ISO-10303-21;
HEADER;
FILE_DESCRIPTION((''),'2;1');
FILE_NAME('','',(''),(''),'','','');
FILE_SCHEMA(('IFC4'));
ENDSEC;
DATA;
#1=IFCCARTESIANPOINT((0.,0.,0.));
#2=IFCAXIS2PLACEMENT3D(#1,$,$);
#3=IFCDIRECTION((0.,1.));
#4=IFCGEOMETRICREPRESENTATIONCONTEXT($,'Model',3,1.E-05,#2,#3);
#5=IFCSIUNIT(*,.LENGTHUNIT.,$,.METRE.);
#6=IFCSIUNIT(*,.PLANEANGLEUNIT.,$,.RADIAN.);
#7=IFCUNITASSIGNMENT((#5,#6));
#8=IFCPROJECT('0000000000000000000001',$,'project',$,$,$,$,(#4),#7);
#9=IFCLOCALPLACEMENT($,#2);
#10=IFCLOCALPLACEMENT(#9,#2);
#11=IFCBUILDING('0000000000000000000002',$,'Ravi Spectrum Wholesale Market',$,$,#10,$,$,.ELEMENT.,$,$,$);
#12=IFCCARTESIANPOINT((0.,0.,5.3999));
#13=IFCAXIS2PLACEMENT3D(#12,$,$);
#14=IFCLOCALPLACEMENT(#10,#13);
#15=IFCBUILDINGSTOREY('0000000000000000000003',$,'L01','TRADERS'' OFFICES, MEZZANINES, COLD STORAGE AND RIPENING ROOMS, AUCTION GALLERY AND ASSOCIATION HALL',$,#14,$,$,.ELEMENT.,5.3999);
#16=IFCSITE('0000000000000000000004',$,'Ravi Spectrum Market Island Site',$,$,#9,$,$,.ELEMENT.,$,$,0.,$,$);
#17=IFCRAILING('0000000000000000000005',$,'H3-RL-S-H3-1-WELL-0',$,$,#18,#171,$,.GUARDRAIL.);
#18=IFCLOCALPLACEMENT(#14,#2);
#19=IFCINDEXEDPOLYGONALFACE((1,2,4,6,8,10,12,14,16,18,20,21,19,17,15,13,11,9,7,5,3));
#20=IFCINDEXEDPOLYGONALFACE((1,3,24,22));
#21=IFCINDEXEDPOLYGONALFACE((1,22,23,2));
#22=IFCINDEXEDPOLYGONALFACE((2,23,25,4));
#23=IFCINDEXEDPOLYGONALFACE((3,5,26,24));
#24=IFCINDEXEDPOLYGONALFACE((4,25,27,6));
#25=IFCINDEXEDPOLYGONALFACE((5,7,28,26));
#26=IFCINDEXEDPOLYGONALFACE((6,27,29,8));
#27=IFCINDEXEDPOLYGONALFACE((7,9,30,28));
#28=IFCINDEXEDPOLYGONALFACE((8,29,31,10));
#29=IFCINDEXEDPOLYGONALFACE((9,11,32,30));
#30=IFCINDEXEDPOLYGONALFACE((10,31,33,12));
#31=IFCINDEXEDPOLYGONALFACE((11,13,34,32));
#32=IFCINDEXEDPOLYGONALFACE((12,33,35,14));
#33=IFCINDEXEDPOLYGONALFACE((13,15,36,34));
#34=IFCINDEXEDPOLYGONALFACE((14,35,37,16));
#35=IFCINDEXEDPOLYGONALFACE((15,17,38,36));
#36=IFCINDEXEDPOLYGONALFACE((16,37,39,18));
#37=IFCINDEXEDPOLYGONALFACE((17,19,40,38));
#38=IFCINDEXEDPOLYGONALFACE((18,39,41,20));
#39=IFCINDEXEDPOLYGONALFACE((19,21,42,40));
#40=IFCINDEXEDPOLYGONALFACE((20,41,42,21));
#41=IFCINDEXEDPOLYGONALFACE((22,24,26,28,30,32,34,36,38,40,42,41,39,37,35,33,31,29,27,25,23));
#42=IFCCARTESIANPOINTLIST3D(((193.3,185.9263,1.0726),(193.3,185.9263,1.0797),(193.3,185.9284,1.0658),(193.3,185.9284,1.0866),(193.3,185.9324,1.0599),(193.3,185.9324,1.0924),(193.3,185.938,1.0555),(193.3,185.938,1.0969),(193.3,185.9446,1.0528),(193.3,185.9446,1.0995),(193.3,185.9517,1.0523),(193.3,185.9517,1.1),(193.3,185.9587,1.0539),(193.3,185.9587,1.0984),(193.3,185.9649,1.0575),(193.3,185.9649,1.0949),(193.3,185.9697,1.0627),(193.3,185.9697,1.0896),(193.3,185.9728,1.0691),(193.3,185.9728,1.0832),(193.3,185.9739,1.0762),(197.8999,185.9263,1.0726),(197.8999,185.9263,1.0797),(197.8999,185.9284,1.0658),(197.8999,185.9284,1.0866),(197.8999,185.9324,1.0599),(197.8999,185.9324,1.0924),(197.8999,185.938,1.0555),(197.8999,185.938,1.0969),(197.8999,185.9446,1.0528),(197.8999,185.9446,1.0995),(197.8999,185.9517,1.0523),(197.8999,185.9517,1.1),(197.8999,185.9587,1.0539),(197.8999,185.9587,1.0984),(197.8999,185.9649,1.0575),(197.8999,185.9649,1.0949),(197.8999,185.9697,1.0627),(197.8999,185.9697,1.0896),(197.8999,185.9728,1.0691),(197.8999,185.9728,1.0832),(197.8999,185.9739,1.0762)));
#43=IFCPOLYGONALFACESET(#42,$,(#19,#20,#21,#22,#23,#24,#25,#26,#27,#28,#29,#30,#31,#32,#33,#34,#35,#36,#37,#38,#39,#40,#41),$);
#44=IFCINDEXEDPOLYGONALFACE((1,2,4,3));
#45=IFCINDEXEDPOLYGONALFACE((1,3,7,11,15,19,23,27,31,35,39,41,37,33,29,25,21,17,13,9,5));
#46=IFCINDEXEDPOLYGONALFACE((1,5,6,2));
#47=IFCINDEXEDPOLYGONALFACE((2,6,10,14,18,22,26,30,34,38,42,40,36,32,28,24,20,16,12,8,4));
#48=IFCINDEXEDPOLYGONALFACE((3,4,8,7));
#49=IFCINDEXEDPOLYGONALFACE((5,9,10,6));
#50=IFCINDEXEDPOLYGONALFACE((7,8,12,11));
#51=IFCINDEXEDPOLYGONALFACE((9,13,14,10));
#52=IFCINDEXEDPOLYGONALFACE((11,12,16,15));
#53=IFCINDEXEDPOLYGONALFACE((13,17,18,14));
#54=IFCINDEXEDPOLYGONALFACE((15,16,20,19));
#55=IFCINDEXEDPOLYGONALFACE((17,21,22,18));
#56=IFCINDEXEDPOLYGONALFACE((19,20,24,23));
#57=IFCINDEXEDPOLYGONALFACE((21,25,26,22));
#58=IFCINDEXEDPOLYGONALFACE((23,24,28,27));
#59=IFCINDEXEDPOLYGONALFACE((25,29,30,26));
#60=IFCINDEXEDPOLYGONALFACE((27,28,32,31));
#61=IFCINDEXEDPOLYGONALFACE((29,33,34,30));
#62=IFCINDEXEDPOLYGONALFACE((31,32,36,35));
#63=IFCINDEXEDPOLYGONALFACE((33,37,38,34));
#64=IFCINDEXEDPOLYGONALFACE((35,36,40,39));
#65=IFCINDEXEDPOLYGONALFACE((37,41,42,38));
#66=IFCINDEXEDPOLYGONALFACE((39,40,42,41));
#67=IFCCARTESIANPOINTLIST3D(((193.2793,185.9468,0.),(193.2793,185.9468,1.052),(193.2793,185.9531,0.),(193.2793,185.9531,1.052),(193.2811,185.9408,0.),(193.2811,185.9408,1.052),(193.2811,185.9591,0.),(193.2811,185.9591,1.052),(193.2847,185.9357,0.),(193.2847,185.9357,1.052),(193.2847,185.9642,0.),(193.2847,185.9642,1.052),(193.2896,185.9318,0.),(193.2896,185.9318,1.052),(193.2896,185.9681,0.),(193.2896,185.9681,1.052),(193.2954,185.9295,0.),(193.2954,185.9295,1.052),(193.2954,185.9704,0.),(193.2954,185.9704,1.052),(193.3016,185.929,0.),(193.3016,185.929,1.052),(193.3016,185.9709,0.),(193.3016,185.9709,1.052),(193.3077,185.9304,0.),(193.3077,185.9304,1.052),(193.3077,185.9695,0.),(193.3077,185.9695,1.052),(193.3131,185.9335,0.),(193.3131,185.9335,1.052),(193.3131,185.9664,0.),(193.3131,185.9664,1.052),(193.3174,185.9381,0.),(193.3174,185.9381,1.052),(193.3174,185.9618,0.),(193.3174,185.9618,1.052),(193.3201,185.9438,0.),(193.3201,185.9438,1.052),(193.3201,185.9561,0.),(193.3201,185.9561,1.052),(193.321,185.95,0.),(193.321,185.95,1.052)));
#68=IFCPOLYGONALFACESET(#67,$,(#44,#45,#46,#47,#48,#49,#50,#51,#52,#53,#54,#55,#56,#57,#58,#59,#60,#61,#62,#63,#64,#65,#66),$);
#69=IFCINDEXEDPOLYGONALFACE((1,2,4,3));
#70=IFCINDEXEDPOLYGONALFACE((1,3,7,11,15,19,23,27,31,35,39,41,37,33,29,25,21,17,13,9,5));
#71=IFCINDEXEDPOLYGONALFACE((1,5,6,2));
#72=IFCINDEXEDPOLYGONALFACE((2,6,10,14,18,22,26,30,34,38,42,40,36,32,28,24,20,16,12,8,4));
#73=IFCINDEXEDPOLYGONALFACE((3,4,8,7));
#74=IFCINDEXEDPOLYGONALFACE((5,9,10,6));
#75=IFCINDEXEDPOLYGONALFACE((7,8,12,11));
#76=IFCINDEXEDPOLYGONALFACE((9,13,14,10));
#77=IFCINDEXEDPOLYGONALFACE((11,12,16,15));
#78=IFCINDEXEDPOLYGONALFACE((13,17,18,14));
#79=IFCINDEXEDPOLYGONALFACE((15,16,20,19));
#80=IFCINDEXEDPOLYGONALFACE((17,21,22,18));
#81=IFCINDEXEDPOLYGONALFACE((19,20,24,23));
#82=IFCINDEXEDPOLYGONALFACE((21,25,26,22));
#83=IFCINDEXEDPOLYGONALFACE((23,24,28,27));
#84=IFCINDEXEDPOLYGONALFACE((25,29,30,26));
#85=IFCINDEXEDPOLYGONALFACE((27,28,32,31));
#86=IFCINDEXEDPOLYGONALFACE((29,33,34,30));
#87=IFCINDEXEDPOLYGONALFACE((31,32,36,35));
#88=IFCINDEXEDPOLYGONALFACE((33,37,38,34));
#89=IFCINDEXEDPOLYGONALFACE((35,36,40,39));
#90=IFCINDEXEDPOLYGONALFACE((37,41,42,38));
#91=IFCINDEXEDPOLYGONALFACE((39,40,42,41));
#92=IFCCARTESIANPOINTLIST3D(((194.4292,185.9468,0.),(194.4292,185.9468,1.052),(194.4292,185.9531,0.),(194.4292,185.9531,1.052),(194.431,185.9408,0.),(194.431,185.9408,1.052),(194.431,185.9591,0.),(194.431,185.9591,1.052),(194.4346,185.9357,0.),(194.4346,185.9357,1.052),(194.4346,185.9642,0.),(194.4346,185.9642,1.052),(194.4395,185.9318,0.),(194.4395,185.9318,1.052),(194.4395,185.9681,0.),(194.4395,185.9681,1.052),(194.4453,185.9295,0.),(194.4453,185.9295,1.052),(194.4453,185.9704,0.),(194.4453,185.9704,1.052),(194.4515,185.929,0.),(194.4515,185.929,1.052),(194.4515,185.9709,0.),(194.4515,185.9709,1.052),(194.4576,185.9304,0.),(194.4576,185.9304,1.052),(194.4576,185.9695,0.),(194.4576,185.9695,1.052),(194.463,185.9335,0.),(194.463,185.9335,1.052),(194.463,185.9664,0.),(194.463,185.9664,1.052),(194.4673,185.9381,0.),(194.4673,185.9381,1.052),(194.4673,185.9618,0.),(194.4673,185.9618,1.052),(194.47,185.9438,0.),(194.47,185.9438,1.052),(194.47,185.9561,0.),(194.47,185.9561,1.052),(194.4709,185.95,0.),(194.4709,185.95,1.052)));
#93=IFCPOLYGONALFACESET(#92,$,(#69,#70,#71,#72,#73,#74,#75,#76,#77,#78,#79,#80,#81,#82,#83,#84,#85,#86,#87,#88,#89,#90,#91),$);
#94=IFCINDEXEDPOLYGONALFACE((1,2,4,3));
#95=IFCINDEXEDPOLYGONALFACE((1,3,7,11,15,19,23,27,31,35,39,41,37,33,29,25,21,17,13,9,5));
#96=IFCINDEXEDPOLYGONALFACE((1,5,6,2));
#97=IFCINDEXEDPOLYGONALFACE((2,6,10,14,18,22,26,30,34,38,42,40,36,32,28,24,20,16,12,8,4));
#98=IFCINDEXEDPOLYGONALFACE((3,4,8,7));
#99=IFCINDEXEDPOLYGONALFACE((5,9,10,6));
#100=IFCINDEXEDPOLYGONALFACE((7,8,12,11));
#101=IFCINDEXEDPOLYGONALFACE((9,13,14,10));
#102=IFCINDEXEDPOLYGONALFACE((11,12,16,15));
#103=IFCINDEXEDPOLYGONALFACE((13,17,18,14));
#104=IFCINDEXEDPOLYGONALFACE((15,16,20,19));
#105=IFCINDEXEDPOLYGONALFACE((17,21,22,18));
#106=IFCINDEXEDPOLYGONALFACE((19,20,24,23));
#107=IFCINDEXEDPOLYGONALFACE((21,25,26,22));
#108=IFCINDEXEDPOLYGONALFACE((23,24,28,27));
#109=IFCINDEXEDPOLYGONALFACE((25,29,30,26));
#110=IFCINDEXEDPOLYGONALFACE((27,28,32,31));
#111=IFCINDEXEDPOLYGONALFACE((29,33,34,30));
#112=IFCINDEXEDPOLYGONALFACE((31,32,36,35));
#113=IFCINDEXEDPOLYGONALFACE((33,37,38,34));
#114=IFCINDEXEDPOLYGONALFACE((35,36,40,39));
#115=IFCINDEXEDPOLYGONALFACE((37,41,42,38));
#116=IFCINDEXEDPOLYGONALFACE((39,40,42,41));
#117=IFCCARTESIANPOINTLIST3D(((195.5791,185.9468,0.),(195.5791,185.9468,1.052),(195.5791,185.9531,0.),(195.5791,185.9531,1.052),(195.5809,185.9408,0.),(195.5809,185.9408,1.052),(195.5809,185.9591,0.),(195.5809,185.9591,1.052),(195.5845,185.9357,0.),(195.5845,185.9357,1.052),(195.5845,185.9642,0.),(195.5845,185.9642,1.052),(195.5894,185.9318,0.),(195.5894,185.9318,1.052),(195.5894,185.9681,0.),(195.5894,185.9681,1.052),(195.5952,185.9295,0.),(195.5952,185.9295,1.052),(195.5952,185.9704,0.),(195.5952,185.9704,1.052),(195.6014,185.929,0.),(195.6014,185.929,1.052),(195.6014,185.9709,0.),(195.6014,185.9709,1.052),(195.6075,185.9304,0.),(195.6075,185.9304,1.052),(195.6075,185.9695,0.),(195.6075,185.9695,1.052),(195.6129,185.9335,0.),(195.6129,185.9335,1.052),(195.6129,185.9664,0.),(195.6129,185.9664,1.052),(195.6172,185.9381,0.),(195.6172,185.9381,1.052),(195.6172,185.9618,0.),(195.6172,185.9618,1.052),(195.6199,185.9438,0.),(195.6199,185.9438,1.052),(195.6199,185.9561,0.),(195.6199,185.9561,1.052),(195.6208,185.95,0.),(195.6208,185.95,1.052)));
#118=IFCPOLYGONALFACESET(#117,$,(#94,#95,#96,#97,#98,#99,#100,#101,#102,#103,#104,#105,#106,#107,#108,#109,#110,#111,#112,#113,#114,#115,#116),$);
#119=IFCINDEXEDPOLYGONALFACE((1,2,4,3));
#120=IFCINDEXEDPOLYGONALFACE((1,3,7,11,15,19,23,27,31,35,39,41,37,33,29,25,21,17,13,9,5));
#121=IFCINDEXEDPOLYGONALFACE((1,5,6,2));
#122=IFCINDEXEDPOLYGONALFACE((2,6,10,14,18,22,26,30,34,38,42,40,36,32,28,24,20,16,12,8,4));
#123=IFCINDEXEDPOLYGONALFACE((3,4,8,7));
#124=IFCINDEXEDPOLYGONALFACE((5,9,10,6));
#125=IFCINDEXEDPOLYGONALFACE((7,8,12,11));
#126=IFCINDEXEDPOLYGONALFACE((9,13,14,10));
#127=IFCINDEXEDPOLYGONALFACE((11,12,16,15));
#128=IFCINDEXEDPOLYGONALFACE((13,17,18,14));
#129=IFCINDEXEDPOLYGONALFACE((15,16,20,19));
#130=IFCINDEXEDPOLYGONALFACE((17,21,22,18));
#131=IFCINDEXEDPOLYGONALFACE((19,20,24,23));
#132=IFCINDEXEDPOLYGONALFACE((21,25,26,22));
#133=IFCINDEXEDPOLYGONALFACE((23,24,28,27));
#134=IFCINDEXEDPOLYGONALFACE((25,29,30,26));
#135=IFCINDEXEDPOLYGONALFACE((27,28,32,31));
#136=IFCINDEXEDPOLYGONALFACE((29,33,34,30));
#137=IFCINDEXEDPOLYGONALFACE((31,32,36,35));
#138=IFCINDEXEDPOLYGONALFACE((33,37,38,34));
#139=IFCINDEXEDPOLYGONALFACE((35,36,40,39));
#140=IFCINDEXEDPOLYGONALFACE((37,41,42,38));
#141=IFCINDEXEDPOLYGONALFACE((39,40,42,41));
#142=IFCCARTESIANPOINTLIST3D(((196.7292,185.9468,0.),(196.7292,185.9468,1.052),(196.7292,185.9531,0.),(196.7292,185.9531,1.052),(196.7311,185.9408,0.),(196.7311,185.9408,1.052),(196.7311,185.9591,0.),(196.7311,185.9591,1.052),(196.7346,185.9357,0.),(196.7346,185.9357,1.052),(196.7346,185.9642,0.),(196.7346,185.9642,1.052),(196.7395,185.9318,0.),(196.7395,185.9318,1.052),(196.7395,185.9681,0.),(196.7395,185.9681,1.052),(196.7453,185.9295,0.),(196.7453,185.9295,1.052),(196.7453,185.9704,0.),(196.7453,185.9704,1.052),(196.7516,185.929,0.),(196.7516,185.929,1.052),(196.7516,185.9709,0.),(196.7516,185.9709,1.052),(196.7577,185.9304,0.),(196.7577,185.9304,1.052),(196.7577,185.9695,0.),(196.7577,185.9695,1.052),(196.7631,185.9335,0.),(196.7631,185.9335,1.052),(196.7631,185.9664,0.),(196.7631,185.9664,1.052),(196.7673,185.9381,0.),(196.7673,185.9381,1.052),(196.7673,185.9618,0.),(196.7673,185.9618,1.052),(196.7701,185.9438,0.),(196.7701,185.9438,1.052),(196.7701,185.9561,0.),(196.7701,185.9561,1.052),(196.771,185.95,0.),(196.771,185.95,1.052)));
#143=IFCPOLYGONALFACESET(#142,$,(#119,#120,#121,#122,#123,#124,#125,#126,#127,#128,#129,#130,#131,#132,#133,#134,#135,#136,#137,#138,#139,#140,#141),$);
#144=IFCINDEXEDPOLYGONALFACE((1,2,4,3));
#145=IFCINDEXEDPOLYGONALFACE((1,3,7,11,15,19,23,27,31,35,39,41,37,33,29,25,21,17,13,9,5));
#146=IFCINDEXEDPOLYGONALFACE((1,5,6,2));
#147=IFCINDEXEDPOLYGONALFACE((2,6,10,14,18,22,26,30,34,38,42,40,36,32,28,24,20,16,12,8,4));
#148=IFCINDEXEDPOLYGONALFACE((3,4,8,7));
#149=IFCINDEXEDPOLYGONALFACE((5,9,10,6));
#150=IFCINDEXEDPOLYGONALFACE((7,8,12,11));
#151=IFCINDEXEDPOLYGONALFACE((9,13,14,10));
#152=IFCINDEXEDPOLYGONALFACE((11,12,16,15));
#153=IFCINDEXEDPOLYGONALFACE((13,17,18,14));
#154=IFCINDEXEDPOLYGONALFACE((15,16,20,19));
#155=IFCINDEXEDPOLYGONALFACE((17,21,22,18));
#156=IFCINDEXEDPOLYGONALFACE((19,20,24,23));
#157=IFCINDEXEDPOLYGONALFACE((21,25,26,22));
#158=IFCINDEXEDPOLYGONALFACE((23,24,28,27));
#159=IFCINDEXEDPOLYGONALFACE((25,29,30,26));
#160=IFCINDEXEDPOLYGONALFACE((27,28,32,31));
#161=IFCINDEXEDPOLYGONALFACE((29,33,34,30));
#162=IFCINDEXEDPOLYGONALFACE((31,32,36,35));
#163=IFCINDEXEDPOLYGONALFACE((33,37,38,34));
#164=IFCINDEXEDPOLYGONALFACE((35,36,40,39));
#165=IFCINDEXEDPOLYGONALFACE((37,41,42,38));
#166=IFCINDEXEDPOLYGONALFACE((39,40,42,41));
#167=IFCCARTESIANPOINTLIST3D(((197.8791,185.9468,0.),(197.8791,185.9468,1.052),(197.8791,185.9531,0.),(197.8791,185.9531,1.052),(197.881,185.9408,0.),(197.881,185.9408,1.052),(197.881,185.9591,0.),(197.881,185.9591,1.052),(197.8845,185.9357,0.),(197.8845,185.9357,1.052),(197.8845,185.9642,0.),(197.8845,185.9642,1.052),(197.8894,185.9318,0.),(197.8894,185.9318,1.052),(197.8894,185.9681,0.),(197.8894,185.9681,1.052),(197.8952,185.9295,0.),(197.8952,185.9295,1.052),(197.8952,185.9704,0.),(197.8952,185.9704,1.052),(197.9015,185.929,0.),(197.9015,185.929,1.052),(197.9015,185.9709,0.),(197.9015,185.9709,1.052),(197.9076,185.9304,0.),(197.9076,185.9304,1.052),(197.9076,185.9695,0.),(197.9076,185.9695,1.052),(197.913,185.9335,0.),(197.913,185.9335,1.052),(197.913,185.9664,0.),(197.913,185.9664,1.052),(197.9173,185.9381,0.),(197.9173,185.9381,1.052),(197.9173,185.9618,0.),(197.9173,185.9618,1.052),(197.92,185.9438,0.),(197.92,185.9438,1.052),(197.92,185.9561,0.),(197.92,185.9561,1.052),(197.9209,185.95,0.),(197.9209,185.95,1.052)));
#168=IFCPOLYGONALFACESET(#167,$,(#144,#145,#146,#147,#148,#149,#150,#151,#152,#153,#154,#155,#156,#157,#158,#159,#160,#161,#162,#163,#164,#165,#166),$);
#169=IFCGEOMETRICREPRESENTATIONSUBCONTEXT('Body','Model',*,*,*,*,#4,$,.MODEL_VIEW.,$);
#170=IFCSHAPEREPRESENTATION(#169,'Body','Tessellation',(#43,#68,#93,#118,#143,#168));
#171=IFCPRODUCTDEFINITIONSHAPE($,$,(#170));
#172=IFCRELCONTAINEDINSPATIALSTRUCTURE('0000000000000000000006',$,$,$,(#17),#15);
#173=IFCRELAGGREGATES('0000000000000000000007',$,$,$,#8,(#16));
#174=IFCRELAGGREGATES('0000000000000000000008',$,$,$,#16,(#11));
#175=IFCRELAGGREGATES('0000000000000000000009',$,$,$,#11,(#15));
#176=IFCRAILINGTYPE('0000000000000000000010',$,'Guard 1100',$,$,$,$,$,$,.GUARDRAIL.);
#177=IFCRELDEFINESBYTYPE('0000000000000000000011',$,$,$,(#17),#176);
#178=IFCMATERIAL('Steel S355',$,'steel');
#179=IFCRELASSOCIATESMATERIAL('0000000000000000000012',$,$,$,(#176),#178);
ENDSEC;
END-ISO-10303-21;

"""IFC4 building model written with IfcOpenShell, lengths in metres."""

from ifc_helpers import new_model, si_unit, direction, frame, origin, origin_2d, place, context, subcontext, project, spatial, circle, extrude, material, type_object, element, save


model = new_model("IFC4")

# Units and contexts
model_context = context("Model", 3, precision=1e-05, world=origin(), true_north=direction((0.0, 1.0)))
body_context = subcontext(model_context, "Body", "Model", "MODEL_VIEW")
ifc_project = project(units=[si_unit("LENGTHUNIT", "METRE"), si_unit("PLANEANGLEUNIT", "RADIAN")], contexts=[model_context])

# Site, building, storey
site_placement = place(None, origin())
site = spatial("IfcSite", under=ifc_project, at=site_placement, Name="Ravi Spectrum Market Island Site", CompositionType="ELEMENT", RefElevation=0.0)
building_placement = place(site_placement, origin())
building = spatial("IfcBuilding", under=site, at=building_placement, Name="Ravi Spectrum Wholesale Market", CompositionType="ELEMENT")
storey_placement = place(building_placement, frame((0.0, 0.0, 5.3999)))
storey = spatial("IfcBuildingStorey", under=building, at=storey_placement, Name="L01", Description="TRADERS' OFFICES, MEZZANINES, COLD STORAGE AND RIPENING ROOMS, AUCTION GALLERY AND ASSOCIATION HALL", CompositionType="ELEMENT", Elevation=5.3999)

# Railing
ifc_material_1 = material(Name="Steel S355", Category="steel")
railing_type = type_object("IfcRailingType", Name="Guard 1100", PredefinedType="GUARDRAIL", material=ifc_material_1)
railing_placement = place(storey_placement, frame((193.3, 185.95, 0.0)))
element("IfcRailing", 1, at=railing_placement, inside=storey, type_object=railing_type, Name="H3-RL-S-H3-1-WELL-0", PredefinedType="GUARDRAIL", context=body_context, shape_type="SweptSolid", body=[
    extrude(circle(Radius=0.0239, at=origin_2d()), frame((0.0, 0.0, 1.0762), z_axis=(1.0, 0.0, 0.0), x_axis=(0.0, 1.0, 0.0)), (0.0, 0.0, 1.0), 4.5999),
    extrude(circle(Radius=0.021, at=origin_2d()), origin(), (0.0, 0.0, 1.0), 1.052),
    extrude(circle(Radius=0.021, at=origin_2d()), frame((1.1499, 0.0, 0.0)), (0.0, 0.0, 1.0), 1.052),
    extrude(circle(Radius=0.021, at=origin_2d()), frame((2.2998, 0.0, 0.0)), (0.0, 0.0, 1.0), 1.052),
    extrude(circle(Radius=0.021, at=origin_2d()), frame((3.45, 0.0, 0.0)), (0.0, 0.0, 1.0), 1.052),
    extrude(circle(Radius=0.021, at=origin_2d()), frame((4.5999, 0.0, 0.0)), (0.0, 0.0, 1.0), 1.052),
])

save(model, "model.ifc")
